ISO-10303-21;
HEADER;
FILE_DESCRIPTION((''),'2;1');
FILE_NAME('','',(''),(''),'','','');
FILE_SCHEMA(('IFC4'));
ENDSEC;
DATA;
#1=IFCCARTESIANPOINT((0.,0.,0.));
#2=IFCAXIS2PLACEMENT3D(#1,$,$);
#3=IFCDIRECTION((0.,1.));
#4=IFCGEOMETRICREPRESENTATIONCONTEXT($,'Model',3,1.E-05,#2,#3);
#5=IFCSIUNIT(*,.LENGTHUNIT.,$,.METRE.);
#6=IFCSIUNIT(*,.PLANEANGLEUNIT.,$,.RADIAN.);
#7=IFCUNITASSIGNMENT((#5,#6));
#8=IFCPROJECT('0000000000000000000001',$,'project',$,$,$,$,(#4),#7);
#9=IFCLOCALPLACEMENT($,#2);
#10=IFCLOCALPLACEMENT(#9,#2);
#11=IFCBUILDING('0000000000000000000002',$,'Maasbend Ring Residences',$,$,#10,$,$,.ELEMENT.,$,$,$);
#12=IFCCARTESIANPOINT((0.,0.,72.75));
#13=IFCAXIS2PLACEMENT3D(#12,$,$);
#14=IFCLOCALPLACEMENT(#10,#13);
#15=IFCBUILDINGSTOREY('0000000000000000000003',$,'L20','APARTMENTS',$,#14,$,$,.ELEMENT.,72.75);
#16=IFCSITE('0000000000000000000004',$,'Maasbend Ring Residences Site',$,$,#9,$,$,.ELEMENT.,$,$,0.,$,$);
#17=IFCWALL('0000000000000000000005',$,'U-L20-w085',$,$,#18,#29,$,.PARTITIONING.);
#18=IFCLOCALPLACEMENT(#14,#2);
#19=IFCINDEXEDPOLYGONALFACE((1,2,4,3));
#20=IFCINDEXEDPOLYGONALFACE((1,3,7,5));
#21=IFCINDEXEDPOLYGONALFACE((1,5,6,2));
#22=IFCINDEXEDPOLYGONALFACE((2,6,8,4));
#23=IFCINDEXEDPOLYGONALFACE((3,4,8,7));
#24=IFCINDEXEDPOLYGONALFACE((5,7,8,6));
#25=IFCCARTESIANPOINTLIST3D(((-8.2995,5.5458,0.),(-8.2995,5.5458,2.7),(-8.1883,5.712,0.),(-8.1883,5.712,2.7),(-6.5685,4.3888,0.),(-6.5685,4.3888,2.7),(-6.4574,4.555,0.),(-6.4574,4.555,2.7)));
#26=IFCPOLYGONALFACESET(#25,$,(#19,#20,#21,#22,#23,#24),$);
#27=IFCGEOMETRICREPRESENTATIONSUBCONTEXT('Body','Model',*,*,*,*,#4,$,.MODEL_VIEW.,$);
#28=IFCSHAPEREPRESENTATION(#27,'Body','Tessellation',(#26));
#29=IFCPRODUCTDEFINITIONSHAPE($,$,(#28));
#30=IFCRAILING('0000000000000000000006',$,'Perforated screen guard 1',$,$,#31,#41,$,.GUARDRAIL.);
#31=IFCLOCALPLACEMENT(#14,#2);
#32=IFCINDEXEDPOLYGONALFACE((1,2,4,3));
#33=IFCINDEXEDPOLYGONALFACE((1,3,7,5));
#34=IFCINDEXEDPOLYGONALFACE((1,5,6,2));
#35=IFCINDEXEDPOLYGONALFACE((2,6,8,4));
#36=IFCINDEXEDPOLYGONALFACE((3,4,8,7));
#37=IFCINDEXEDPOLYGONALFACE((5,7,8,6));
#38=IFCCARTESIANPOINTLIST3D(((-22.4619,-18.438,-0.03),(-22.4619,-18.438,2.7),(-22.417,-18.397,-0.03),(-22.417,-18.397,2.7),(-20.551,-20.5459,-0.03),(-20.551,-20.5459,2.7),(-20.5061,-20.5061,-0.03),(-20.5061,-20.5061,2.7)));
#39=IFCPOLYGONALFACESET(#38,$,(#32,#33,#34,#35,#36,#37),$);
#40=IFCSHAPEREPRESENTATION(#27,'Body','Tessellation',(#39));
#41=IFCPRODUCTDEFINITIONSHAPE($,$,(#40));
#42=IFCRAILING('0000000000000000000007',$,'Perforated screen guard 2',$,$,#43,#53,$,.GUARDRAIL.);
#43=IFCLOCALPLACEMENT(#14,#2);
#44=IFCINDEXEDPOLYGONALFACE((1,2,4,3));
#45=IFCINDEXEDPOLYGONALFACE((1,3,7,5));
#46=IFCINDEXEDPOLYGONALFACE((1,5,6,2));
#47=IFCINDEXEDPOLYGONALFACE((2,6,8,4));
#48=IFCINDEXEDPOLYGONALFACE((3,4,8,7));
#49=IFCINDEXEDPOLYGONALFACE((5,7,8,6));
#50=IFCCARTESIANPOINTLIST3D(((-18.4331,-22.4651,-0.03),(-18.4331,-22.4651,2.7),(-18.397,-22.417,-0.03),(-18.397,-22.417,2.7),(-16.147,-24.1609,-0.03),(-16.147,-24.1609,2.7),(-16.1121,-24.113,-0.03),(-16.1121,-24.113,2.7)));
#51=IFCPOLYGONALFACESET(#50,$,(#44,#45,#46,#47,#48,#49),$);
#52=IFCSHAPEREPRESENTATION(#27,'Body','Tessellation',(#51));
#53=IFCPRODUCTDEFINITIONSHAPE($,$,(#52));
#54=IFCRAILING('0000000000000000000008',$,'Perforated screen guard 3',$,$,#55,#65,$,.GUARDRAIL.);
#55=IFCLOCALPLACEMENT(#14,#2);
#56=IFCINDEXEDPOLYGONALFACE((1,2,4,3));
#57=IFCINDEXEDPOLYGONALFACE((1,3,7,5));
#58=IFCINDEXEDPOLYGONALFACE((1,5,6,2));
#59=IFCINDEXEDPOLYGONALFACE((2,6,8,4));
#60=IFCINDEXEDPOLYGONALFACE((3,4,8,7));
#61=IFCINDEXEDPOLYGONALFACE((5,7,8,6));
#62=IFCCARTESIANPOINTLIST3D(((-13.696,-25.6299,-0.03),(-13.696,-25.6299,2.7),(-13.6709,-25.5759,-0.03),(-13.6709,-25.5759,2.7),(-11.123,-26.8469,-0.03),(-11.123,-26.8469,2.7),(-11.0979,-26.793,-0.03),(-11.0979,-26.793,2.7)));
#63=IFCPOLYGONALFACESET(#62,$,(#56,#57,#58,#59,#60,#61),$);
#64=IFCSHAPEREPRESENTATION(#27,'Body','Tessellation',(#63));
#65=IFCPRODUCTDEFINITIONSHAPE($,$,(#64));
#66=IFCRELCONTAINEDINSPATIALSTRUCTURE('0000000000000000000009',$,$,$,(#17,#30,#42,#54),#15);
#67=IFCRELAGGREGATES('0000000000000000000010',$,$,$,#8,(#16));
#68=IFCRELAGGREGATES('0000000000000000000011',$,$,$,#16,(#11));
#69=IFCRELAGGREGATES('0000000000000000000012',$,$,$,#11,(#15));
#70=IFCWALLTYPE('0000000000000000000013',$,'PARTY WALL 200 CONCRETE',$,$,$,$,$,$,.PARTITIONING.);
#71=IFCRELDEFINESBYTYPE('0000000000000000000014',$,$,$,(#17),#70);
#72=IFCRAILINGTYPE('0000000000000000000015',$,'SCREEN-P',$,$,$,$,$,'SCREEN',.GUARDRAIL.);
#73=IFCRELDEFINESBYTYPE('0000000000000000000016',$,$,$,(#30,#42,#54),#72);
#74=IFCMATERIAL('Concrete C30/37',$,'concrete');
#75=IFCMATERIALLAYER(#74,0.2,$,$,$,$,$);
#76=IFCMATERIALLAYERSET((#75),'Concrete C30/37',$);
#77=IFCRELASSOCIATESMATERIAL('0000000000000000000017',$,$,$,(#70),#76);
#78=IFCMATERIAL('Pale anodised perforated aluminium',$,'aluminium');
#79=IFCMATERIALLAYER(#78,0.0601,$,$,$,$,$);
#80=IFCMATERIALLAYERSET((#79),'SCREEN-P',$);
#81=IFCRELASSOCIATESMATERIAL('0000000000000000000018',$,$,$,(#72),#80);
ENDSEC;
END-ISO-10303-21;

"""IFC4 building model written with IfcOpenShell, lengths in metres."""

from ifc_helpers import new_model, si_unit, direction, frame, frame_2d, origin, place, context, subcontext, project, spatial, polyline, rectangle, outline, extrude, material, layer, layer_set, type_object, element, save


model = new_model("IFC4")

# Units and contexts
model_context = context("Model", 3, precision=1e-05, world=origin(), true_north=direction((0.0, 1.0)))
body_context = subcontext(model_context, "Body", "Model", "MODEL_VIEW")
ifc_project = project(units=[si_unit("LENGTHUNIT", "METRE"), si_unit("PLANEANGLEUNIT", "RADIAN")], contexts=[model_context])

# Site, building, storey
site_placement = place(None, origin())
site = spatial("IfcSite", under=ifc_project, at=site_placement, Name="Maasbend Ring Residences Site", CompositionType="ELEMENT", RefElevation=0.0)
building_placement = place(site_placement, origin())
building = spatial("IfcBuilding", under=site, at=building_placement, Name="Maasbend Ring Residences", CompositionType="ELEMENT")
storey_placement = place(building_placement, frame((0.0, 0.0, 72.75)))
storey = spatial("IfcBuildingStorey", under=building, at=storey_placement, Name="L20", Description="APARTMENTS", CompositionType="ELEMENT", Elevation=72.75)

# Wall
ifc_material_1 = material(Name="Concrete C30/37", Category="concrete")
ifc_layer_1 = layer(ifc_material_1, 0.2)
ifc_layer_set_1 = layer_set([ifc_layer_1], Name="Concrete C30/37")
wall_type = type_object("IfcWallType", Name="PARTY WALL 200 CONCRETE", PredefinedType="PARTITIONING", material=ifc_layer_set_1)
wall_placement = place(storey_placement, frame((-6.5129, 4.4719, 0.0), z_axis=(0.0, 0.0, 1.0), x_axis=(-0.831382, 0.555701, 0.0)))
element("IfcWall", 1, at=wall_placement, inside=storey, type_object=wall_type, Name="U-L20-w085", PredefinedType="PARTITIONING", context=body_context, shape_type="SweptSolid", body=[
    extrude(rectangle(XDim=2.082, YDim=0.2, at=frame_2d((1.041, 0.0))), origin(), (0.0, 0.0, 1.0), 2.7),
])

# Railings
ifc_material_2 = material(Name="Pale anodised perforated aluminium", Category="aluminium")
ifc_layer_2 = layer(ifc_material_2, 0.0601)
ifc_layer_set_2 = layer_set([ifc_layer_2], Name="SCREEN-P")
railing_type = type_object("IfcRailingType", Name="SCREEN-P", ElementType="SCREEN", PredefinedType="GUARDRAIL", material=ifc_layer_set_2)
railing_1_placement = place(storey_placement, frame((0.0, 0.0, -0.03)))
element("IfcRailing", 2, at=railing_1_placement, inside=storey, type_object=railing_type, Name="Perforated screen guard 1", PredefinedType="GUARDRAIL", context=body_context, shape_type="SweptSolid", body=[
    extrude(outline(polyline([(-22.417, -18.397), (-20.5061, -20.5061), (-20.551, -20.5459), (-22.4619, -18.438), (-22.417, -18.397)])), origin(), (0.0, 0.0, 1.0), 2.73),
])
railing_2_placement = place(storey_placement, frame((0.0, 0.0, -0.03)))
element("IfcRailing", 3, at=railing_2_placement, inside=storey, type_object=railing_type, Name="Perforated screen guard 2", PredefinedType="GUARDRAIL", context=body_context, shape_type="SweptSolid", body=[
    extrude(outline(polyline([(-18.397, -22.417), (-16.1121, -24.113), (-16.147, -24.1609), (-18.4331, -22.4651), (-18.397, -22.417)])), origin(), (0.0, 0.0, 1.0), 2.73),
])
railing_3_placement = place(storey_placement, frame((0.0, 0.0, -0.03)))
element("IfcRailing", 4, at=railing_3_placement, inside=storey, type_object=railing_type, Name="Perforated screen guard 3", PredefinedType="GUARDRAIL", context=body_context, shape_type="SweptSolid", body=[
    extrude(outline(polyline([(-13.6709, -25.5759), (-11.0979, -26.793), (-11.123, -26.8469), (-13.696, -25.6299), (-13.6709, -25.5759)])), origin(), (0.0, 0.0, 1.0), 2.73),
])

save(model, "model.ifc")
